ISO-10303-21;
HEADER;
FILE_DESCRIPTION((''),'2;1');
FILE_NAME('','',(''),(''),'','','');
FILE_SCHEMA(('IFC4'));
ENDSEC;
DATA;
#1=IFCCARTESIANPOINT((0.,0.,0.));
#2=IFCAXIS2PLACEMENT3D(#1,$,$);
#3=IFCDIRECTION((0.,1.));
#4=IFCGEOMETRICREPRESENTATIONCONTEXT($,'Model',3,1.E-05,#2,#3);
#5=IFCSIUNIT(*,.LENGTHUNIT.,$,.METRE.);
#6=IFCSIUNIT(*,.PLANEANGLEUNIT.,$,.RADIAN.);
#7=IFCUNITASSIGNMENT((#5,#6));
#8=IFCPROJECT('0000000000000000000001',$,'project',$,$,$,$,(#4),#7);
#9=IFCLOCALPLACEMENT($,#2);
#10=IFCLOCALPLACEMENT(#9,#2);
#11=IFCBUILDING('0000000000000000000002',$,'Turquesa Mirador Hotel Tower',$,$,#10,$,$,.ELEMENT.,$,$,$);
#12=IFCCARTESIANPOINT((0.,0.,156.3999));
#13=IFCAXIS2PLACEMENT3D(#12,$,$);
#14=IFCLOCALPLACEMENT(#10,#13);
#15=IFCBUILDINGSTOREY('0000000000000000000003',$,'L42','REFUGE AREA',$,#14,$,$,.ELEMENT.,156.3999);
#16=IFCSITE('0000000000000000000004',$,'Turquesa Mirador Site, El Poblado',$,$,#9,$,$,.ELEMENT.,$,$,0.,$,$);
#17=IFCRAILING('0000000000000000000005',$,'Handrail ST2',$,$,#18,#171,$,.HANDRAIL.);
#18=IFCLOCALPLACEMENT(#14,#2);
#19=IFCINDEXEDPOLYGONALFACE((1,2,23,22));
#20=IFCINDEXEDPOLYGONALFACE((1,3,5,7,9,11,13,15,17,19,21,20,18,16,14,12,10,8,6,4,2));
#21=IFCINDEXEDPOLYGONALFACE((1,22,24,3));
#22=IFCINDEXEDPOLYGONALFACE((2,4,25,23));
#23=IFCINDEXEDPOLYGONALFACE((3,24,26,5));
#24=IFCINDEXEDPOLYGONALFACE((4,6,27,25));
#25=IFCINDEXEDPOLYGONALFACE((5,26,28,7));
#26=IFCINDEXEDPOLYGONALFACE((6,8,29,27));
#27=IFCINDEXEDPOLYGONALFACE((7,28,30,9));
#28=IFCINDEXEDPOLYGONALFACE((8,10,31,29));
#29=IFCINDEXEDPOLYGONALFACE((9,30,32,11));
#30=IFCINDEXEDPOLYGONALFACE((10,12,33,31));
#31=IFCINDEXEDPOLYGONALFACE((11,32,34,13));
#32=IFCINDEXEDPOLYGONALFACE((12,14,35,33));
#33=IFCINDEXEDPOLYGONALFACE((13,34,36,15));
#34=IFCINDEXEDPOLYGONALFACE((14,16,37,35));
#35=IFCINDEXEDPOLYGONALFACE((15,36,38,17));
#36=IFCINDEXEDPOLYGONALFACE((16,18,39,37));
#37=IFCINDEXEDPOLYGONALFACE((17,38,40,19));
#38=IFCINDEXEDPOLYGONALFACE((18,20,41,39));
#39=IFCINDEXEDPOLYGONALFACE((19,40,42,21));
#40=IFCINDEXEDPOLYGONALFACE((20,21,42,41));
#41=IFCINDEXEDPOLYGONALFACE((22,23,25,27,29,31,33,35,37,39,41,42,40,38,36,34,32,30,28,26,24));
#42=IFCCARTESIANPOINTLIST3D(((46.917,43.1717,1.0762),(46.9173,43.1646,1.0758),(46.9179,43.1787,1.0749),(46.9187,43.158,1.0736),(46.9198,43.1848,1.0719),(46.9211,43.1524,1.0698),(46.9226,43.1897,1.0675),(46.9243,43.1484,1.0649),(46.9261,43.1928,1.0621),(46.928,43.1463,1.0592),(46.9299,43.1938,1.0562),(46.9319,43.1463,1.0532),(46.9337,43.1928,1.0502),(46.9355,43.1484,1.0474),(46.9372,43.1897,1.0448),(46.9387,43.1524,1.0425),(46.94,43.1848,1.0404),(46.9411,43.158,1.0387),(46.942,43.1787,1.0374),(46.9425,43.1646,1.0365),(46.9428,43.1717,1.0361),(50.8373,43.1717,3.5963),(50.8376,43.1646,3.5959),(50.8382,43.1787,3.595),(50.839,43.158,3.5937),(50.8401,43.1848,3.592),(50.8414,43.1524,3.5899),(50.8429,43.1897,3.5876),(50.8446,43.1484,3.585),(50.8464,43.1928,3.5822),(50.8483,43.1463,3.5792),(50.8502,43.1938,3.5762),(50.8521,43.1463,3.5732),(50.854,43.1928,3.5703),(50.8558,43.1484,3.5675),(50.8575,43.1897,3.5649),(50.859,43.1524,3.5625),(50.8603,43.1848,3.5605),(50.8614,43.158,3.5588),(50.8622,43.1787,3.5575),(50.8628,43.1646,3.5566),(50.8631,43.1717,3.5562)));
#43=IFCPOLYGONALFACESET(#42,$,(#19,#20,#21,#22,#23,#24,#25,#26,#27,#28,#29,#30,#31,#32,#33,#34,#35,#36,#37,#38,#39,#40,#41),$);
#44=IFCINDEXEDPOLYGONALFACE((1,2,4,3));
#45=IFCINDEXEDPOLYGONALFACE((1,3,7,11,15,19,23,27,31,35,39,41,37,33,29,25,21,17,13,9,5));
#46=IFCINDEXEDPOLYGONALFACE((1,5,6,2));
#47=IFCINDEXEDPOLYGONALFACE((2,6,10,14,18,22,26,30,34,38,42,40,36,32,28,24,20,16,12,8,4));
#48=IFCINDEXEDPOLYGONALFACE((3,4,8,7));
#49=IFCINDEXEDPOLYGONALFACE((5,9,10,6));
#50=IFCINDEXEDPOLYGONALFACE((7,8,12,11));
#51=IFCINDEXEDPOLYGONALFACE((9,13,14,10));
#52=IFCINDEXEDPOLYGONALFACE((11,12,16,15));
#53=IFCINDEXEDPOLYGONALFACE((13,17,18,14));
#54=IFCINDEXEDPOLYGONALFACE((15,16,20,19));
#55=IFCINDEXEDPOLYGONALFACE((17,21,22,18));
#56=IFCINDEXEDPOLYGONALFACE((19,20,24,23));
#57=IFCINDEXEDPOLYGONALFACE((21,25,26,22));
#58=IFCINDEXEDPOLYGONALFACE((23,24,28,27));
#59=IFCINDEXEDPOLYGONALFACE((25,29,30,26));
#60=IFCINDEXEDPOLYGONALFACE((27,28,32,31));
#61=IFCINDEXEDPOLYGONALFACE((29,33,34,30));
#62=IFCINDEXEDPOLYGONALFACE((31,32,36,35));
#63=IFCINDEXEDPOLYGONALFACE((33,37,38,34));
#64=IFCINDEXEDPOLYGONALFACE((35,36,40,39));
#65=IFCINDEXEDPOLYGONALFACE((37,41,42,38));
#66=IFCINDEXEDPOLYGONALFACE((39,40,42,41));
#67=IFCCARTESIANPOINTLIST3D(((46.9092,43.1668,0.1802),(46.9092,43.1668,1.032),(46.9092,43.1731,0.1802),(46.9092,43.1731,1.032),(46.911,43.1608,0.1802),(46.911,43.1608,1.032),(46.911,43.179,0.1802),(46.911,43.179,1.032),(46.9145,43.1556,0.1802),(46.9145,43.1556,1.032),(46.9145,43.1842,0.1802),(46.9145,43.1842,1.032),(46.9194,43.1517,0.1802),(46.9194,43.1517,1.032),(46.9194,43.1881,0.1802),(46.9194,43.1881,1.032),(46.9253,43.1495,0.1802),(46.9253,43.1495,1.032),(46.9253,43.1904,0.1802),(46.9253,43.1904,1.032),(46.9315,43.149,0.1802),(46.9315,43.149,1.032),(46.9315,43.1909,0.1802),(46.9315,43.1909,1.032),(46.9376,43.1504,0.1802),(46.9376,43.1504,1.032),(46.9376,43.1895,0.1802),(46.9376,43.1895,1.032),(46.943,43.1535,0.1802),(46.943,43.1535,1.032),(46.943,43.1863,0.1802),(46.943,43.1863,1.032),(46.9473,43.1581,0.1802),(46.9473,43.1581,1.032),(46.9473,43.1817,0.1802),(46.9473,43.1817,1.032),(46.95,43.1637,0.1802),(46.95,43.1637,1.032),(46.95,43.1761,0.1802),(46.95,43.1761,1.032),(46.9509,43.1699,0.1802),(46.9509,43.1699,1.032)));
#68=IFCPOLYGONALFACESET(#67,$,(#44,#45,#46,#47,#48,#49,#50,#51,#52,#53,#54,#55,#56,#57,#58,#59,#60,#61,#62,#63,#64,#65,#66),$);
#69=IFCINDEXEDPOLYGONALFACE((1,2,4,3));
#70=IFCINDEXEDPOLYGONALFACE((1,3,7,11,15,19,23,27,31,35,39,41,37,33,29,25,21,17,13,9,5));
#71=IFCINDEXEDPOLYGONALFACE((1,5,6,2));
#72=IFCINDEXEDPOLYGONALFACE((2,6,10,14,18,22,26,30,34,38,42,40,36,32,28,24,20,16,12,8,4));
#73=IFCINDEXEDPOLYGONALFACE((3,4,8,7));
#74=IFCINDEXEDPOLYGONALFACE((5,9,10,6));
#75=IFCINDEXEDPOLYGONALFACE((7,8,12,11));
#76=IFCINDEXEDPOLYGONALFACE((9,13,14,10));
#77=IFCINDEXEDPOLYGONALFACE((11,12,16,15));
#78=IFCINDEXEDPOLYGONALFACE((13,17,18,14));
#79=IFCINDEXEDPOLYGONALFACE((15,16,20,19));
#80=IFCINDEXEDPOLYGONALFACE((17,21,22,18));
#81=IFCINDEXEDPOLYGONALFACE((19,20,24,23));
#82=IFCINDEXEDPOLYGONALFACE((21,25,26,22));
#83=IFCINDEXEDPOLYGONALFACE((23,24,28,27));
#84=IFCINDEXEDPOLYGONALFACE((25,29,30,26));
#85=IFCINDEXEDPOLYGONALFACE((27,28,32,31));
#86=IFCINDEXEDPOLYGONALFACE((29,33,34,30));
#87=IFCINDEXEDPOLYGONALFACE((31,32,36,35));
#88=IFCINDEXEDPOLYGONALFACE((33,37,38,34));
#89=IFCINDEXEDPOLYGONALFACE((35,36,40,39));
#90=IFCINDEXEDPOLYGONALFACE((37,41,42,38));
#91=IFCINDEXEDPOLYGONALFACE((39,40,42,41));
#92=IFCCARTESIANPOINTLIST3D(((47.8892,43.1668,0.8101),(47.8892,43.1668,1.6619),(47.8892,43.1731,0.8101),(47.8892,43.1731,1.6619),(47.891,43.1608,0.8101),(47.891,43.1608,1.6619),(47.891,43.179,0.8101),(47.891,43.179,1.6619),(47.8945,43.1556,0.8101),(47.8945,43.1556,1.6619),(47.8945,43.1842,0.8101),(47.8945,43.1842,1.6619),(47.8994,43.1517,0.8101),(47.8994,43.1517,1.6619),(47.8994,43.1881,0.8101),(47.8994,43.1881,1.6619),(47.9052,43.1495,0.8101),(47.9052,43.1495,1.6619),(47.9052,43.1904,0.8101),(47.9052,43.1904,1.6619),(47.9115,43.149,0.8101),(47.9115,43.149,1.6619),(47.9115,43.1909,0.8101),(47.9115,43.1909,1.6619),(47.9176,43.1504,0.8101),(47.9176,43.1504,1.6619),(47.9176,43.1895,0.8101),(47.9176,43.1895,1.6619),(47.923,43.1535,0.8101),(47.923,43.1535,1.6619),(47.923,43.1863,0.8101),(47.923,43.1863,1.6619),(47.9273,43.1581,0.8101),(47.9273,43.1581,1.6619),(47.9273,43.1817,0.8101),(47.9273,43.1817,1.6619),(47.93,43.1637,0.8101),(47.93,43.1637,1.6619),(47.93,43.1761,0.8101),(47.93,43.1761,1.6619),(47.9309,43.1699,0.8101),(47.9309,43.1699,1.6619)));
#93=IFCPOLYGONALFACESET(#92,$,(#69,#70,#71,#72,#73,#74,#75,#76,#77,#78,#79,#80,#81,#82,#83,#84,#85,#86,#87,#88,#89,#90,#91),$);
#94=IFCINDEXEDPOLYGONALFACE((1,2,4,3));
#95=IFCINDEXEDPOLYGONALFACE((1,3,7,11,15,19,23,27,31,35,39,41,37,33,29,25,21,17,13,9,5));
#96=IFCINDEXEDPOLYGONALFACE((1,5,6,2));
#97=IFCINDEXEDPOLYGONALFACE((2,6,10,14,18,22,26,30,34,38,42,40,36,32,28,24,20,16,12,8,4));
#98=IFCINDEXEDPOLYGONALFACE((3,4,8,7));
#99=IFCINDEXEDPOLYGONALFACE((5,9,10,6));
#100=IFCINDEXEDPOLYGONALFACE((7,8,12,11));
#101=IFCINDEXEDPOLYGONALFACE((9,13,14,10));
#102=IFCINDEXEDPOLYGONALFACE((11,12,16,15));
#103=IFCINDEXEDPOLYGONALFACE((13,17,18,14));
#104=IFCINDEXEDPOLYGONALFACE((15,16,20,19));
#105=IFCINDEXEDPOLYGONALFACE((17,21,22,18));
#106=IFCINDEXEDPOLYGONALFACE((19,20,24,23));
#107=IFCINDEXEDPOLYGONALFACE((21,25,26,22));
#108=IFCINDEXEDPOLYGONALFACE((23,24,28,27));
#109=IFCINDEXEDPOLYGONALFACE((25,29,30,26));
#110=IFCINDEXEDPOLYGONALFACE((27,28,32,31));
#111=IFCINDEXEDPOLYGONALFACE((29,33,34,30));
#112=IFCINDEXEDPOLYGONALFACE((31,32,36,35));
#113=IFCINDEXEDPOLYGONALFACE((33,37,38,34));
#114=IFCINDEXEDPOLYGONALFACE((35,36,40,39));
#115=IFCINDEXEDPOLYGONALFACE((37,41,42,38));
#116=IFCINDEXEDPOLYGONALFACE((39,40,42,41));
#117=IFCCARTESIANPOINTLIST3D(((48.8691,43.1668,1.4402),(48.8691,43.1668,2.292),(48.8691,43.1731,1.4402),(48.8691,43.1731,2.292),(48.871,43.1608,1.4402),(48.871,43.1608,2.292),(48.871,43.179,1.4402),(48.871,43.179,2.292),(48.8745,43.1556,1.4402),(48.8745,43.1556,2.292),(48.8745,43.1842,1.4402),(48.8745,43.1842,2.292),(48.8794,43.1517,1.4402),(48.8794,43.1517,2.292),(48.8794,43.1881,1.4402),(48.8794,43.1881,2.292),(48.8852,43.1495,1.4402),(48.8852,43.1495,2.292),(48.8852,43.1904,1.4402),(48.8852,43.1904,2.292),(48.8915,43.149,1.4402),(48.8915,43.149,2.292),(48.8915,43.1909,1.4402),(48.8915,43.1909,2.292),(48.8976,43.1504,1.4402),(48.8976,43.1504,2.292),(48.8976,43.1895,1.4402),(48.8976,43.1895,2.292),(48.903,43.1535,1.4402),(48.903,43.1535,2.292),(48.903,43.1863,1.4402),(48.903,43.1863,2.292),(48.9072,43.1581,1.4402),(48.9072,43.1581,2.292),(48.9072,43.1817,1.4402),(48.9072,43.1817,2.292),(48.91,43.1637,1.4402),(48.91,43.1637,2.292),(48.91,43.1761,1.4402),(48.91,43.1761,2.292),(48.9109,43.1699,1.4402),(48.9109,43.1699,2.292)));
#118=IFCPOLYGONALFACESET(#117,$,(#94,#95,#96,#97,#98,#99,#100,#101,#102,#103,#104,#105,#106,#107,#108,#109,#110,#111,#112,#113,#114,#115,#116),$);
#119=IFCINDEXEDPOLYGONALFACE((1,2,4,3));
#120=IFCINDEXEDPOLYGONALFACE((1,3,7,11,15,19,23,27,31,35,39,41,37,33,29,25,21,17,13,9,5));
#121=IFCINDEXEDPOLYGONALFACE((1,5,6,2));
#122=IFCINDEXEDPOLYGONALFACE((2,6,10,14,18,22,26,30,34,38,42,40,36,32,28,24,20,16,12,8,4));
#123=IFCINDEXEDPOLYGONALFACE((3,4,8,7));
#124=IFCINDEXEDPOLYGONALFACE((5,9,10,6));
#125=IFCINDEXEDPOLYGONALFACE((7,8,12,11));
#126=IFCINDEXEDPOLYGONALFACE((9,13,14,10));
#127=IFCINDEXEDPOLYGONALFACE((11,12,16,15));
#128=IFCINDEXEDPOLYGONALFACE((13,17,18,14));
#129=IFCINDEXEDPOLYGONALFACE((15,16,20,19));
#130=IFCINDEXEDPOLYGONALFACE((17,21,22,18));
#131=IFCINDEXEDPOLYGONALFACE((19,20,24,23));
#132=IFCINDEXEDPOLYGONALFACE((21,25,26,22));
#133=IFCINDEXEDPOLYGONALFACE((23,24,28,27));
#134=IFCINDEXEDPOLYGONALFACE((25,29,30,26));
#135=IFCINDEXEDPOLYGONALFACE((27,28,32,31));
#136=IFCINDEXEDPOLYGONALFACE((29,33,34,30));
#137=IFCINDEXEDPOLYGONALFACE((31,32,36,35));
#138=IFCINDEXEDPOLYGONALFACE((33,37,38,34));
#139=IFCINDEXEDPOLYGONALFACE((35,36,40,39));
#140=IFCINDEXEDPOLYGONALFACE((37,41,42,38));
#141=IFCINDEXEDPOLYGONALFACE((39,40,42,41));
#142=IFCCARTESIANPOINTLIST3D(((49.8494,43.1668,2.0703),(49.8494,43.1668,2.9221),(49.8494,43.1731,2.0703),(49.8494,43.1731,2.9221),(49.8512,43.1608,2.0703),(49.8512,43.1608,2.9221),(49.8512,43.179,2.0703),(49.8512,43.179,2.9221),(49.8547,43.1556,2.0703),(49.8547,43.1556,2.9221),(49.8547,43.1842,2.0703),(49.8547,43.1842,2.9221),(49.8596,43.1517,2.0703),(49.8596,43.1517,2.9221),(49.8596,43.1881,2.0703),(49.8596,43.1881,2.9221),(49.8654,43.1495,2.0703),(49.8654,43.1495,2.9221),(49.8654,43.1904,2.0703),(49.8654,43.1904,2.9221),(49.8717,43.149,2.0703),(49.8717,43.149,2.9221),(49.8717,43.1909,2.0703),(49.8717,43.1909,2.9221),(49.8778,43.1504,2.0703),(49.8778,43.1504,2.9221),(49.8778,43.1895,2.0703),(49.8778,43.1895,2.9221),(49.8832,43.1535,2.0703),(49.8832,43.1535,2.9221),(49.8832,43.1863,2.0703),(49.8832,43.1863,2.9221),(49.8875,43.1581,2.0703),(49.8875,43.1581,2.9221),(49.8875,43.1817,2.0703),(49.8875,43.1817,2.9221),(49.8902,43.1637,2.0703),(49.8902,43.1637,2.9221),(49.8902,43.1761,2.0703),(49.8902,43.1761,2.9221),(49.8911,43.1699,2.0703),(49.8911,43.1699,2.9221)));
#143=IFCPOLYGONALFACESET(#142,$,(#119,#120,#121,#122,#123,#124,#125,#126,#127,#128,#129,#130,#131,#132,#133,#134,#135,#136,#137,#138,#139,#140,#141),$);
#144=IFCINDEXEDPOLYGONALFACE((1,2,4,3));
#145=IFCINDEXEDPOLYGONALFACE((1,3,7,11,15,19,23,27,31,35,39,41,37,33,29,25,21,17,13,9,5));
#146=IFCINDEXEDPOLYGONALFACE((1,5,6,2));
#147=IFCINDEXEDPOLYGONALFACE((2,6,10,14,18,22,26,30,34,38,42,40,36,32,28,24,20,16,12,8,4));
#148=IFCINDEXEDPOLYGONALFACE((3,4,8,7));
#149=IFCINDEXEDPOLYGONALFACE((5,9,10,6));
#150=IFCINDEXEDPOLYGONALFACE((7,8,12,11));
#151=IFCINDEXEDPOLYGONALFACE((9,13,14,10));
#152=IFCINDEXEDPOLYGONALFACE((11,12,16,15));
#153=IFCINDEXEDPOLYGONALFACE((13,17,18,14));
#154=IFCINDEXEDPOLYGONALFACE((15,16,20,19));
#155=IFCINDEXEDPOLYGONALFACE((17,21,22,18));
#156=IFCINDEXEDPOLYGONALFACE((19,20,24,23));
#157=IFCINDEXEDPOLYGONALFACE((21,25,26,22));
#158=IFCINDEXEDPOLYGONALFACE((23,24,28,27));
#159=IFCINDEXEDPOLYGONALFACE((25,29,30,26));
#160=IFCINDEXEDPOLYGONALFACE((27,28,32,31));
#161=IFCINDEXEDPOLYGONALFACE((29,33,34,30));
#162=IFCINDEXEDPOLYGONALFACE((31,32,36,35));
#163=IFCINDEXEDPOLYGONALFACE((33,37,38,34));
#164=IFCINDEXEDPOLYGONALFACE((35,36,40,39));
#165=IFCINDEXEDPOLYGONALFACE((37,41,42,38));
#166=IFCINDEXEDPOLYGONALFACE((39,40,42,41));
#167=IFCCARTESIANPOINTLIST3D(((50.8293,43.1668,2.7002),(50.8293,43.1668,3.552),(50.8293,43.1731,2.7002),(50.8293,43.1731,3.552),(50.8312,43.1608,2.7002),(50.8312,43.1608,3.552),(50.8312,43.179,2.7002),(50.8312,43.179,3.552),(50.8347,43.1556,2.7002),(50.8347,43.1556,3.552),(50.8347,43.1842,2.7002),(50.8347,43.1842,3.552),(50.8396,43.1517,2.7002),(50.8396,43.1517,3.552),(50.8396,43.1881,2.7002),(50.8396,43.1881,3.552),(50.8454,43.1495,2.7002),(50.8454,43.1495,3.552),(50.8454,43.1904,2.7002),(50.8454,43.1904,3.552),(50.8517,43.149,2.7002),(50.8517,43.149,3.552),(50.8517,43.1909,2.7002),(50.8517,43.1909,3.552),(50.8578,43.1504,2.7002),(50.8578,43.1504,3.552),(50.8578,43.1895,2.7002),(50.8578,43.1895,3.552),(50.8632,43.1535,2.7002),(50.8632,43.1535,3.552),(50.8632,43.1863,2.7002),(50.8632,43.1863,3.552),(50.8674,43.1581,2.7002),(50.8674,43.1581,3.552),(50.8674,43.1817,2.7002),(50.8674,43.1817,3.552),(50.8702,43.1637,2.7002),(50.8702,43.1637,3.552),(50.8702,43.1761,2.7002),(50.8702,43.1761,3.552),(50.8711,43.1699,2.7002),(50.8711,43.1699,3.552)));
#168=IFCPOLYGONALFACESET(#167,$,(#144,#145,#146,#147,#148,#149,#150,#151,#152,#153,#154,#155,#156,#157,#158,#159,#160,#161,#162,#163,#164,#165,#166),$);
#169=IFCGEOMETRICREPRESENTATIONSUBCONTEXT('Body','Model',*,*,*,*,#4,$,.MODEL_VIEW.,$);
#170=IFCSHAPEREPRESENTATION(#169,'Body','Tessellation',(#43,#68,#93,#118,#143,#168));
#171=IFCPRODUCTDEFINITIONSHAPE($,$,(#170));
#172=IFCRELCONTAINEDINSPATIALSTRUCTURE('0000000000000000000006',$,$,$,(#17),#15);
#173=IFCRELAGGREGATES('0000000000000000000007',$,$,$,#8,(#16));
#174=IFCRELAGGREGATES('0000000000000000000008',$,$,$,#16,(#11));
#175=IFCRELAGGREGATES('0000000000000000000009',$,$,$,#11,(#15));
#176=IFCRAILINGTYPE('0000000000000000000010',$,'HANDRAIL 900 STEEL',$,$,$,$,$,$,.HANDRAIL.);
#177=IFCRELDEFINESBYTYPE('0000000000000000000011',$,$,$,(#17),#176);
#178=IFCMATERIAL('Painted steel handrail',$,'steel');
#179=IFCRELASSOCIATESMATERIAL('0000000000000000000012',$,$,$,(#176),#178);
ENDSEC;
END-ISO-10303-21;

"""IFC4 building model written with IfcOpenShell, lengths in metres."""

from ifc_helpers import new_model, si_unit, direction, frame, origin, origin_2d, place, context, subcontext, project, spatial, circle, extrude, material, type_object, element, save


model = new_model("IFC4")

# Units and contexts
model_context = context("Model", 3, precision=1e-05, world=origin(), true_north=direction((0.0, 1.0)))
body_context = subcontext(model_context, "Body", "Model", "MODEL_VIEW")
ifc_project = project(units=[si_unit("LENGTHUNIT", "METRE"), si_unit("PLANEANGLEUNIT", "RADIAN")], contexts=[model_context])

# Site, building, storey
site_placement = place(None, origin())
site = spatial("IfcSite", under=ifc_project, at=site_placement, Name="Turquesa Mirador Site, El Poblado", CompositionType="ELEMENT", RefElevation=0.0)
building_placement = place(site_placement, origin())
building = spatial("IfcBuilding", under=site, at=building_placement, Name="Turquesa Mirador Hotel Tower", CompositionType="ELEMENT")
storey_placement = place(building_placement, frame((0.0, 0.0, 156.3999)))
storey = spatial("IfcBuildingStorey", under=building, at=storey_placement, Name="L42", Description="REFUGE AREA", CompositionType="ELEMENT", Elevation=156.3999)

# Railing
ifc_material_1 = material(Name="Painted steel handrail", Category="steel")
railing_type = type_object("IfcRailingType", Name="HANDRAIL 900 STEEL", PredefinedType="HANDRAIL", material=ifc_material_1)
for number, where, name in (
    (1, (46.9299, 43.1699, 0.1802), "Handrail ST2"),
):
    element("IfcRailing", number, at=place(storey_placement, frame(where)), inside=storey, type_object=railing_type, Name=name, PredefinedType="HANDRAIL", context=body_context, shape_type="SweptSolid", body=[
        extrude(circle(Radius=0.0239, at=origin_2d()), frame((0.0, 0.0, 0.876), z_axis=(0.841187, 0.0, 0.540744), x_axis=(0.0, 1.0, 0.0)), (0.0, 0.0, 1.0), 4.6604),
        extrude(circle(Radius=0.021, at=origin_2d()), origin(), (0.0, 0.0, 1.0), 0.8518),
        extrude(circle(Radius=0.021, at=origin_2d()), frame((0.98, 0.0, 0.6299)), (0.0, 0.0, 1.0), 0.8518),
        extrude(circle(Radius=0.021, at=origin_2d()), frame((1.96, 0.0, 1.26)), (0.0, 0.0, 1.0), 0.8518),
        extrude(circle(Radius=0.021, at=origin_2d()), frame((2.9402, 0.0, 1.8901)), (0.0, 0.0, 1.0), 0.8518),
        extrude(circle(Radius=0.021, at=origin_2d()), frame((3.9202, 0.0, 2.52)), (0.0, 0.0, 1.0), 0.8518),
    ])

save(model, "model.ifc")
